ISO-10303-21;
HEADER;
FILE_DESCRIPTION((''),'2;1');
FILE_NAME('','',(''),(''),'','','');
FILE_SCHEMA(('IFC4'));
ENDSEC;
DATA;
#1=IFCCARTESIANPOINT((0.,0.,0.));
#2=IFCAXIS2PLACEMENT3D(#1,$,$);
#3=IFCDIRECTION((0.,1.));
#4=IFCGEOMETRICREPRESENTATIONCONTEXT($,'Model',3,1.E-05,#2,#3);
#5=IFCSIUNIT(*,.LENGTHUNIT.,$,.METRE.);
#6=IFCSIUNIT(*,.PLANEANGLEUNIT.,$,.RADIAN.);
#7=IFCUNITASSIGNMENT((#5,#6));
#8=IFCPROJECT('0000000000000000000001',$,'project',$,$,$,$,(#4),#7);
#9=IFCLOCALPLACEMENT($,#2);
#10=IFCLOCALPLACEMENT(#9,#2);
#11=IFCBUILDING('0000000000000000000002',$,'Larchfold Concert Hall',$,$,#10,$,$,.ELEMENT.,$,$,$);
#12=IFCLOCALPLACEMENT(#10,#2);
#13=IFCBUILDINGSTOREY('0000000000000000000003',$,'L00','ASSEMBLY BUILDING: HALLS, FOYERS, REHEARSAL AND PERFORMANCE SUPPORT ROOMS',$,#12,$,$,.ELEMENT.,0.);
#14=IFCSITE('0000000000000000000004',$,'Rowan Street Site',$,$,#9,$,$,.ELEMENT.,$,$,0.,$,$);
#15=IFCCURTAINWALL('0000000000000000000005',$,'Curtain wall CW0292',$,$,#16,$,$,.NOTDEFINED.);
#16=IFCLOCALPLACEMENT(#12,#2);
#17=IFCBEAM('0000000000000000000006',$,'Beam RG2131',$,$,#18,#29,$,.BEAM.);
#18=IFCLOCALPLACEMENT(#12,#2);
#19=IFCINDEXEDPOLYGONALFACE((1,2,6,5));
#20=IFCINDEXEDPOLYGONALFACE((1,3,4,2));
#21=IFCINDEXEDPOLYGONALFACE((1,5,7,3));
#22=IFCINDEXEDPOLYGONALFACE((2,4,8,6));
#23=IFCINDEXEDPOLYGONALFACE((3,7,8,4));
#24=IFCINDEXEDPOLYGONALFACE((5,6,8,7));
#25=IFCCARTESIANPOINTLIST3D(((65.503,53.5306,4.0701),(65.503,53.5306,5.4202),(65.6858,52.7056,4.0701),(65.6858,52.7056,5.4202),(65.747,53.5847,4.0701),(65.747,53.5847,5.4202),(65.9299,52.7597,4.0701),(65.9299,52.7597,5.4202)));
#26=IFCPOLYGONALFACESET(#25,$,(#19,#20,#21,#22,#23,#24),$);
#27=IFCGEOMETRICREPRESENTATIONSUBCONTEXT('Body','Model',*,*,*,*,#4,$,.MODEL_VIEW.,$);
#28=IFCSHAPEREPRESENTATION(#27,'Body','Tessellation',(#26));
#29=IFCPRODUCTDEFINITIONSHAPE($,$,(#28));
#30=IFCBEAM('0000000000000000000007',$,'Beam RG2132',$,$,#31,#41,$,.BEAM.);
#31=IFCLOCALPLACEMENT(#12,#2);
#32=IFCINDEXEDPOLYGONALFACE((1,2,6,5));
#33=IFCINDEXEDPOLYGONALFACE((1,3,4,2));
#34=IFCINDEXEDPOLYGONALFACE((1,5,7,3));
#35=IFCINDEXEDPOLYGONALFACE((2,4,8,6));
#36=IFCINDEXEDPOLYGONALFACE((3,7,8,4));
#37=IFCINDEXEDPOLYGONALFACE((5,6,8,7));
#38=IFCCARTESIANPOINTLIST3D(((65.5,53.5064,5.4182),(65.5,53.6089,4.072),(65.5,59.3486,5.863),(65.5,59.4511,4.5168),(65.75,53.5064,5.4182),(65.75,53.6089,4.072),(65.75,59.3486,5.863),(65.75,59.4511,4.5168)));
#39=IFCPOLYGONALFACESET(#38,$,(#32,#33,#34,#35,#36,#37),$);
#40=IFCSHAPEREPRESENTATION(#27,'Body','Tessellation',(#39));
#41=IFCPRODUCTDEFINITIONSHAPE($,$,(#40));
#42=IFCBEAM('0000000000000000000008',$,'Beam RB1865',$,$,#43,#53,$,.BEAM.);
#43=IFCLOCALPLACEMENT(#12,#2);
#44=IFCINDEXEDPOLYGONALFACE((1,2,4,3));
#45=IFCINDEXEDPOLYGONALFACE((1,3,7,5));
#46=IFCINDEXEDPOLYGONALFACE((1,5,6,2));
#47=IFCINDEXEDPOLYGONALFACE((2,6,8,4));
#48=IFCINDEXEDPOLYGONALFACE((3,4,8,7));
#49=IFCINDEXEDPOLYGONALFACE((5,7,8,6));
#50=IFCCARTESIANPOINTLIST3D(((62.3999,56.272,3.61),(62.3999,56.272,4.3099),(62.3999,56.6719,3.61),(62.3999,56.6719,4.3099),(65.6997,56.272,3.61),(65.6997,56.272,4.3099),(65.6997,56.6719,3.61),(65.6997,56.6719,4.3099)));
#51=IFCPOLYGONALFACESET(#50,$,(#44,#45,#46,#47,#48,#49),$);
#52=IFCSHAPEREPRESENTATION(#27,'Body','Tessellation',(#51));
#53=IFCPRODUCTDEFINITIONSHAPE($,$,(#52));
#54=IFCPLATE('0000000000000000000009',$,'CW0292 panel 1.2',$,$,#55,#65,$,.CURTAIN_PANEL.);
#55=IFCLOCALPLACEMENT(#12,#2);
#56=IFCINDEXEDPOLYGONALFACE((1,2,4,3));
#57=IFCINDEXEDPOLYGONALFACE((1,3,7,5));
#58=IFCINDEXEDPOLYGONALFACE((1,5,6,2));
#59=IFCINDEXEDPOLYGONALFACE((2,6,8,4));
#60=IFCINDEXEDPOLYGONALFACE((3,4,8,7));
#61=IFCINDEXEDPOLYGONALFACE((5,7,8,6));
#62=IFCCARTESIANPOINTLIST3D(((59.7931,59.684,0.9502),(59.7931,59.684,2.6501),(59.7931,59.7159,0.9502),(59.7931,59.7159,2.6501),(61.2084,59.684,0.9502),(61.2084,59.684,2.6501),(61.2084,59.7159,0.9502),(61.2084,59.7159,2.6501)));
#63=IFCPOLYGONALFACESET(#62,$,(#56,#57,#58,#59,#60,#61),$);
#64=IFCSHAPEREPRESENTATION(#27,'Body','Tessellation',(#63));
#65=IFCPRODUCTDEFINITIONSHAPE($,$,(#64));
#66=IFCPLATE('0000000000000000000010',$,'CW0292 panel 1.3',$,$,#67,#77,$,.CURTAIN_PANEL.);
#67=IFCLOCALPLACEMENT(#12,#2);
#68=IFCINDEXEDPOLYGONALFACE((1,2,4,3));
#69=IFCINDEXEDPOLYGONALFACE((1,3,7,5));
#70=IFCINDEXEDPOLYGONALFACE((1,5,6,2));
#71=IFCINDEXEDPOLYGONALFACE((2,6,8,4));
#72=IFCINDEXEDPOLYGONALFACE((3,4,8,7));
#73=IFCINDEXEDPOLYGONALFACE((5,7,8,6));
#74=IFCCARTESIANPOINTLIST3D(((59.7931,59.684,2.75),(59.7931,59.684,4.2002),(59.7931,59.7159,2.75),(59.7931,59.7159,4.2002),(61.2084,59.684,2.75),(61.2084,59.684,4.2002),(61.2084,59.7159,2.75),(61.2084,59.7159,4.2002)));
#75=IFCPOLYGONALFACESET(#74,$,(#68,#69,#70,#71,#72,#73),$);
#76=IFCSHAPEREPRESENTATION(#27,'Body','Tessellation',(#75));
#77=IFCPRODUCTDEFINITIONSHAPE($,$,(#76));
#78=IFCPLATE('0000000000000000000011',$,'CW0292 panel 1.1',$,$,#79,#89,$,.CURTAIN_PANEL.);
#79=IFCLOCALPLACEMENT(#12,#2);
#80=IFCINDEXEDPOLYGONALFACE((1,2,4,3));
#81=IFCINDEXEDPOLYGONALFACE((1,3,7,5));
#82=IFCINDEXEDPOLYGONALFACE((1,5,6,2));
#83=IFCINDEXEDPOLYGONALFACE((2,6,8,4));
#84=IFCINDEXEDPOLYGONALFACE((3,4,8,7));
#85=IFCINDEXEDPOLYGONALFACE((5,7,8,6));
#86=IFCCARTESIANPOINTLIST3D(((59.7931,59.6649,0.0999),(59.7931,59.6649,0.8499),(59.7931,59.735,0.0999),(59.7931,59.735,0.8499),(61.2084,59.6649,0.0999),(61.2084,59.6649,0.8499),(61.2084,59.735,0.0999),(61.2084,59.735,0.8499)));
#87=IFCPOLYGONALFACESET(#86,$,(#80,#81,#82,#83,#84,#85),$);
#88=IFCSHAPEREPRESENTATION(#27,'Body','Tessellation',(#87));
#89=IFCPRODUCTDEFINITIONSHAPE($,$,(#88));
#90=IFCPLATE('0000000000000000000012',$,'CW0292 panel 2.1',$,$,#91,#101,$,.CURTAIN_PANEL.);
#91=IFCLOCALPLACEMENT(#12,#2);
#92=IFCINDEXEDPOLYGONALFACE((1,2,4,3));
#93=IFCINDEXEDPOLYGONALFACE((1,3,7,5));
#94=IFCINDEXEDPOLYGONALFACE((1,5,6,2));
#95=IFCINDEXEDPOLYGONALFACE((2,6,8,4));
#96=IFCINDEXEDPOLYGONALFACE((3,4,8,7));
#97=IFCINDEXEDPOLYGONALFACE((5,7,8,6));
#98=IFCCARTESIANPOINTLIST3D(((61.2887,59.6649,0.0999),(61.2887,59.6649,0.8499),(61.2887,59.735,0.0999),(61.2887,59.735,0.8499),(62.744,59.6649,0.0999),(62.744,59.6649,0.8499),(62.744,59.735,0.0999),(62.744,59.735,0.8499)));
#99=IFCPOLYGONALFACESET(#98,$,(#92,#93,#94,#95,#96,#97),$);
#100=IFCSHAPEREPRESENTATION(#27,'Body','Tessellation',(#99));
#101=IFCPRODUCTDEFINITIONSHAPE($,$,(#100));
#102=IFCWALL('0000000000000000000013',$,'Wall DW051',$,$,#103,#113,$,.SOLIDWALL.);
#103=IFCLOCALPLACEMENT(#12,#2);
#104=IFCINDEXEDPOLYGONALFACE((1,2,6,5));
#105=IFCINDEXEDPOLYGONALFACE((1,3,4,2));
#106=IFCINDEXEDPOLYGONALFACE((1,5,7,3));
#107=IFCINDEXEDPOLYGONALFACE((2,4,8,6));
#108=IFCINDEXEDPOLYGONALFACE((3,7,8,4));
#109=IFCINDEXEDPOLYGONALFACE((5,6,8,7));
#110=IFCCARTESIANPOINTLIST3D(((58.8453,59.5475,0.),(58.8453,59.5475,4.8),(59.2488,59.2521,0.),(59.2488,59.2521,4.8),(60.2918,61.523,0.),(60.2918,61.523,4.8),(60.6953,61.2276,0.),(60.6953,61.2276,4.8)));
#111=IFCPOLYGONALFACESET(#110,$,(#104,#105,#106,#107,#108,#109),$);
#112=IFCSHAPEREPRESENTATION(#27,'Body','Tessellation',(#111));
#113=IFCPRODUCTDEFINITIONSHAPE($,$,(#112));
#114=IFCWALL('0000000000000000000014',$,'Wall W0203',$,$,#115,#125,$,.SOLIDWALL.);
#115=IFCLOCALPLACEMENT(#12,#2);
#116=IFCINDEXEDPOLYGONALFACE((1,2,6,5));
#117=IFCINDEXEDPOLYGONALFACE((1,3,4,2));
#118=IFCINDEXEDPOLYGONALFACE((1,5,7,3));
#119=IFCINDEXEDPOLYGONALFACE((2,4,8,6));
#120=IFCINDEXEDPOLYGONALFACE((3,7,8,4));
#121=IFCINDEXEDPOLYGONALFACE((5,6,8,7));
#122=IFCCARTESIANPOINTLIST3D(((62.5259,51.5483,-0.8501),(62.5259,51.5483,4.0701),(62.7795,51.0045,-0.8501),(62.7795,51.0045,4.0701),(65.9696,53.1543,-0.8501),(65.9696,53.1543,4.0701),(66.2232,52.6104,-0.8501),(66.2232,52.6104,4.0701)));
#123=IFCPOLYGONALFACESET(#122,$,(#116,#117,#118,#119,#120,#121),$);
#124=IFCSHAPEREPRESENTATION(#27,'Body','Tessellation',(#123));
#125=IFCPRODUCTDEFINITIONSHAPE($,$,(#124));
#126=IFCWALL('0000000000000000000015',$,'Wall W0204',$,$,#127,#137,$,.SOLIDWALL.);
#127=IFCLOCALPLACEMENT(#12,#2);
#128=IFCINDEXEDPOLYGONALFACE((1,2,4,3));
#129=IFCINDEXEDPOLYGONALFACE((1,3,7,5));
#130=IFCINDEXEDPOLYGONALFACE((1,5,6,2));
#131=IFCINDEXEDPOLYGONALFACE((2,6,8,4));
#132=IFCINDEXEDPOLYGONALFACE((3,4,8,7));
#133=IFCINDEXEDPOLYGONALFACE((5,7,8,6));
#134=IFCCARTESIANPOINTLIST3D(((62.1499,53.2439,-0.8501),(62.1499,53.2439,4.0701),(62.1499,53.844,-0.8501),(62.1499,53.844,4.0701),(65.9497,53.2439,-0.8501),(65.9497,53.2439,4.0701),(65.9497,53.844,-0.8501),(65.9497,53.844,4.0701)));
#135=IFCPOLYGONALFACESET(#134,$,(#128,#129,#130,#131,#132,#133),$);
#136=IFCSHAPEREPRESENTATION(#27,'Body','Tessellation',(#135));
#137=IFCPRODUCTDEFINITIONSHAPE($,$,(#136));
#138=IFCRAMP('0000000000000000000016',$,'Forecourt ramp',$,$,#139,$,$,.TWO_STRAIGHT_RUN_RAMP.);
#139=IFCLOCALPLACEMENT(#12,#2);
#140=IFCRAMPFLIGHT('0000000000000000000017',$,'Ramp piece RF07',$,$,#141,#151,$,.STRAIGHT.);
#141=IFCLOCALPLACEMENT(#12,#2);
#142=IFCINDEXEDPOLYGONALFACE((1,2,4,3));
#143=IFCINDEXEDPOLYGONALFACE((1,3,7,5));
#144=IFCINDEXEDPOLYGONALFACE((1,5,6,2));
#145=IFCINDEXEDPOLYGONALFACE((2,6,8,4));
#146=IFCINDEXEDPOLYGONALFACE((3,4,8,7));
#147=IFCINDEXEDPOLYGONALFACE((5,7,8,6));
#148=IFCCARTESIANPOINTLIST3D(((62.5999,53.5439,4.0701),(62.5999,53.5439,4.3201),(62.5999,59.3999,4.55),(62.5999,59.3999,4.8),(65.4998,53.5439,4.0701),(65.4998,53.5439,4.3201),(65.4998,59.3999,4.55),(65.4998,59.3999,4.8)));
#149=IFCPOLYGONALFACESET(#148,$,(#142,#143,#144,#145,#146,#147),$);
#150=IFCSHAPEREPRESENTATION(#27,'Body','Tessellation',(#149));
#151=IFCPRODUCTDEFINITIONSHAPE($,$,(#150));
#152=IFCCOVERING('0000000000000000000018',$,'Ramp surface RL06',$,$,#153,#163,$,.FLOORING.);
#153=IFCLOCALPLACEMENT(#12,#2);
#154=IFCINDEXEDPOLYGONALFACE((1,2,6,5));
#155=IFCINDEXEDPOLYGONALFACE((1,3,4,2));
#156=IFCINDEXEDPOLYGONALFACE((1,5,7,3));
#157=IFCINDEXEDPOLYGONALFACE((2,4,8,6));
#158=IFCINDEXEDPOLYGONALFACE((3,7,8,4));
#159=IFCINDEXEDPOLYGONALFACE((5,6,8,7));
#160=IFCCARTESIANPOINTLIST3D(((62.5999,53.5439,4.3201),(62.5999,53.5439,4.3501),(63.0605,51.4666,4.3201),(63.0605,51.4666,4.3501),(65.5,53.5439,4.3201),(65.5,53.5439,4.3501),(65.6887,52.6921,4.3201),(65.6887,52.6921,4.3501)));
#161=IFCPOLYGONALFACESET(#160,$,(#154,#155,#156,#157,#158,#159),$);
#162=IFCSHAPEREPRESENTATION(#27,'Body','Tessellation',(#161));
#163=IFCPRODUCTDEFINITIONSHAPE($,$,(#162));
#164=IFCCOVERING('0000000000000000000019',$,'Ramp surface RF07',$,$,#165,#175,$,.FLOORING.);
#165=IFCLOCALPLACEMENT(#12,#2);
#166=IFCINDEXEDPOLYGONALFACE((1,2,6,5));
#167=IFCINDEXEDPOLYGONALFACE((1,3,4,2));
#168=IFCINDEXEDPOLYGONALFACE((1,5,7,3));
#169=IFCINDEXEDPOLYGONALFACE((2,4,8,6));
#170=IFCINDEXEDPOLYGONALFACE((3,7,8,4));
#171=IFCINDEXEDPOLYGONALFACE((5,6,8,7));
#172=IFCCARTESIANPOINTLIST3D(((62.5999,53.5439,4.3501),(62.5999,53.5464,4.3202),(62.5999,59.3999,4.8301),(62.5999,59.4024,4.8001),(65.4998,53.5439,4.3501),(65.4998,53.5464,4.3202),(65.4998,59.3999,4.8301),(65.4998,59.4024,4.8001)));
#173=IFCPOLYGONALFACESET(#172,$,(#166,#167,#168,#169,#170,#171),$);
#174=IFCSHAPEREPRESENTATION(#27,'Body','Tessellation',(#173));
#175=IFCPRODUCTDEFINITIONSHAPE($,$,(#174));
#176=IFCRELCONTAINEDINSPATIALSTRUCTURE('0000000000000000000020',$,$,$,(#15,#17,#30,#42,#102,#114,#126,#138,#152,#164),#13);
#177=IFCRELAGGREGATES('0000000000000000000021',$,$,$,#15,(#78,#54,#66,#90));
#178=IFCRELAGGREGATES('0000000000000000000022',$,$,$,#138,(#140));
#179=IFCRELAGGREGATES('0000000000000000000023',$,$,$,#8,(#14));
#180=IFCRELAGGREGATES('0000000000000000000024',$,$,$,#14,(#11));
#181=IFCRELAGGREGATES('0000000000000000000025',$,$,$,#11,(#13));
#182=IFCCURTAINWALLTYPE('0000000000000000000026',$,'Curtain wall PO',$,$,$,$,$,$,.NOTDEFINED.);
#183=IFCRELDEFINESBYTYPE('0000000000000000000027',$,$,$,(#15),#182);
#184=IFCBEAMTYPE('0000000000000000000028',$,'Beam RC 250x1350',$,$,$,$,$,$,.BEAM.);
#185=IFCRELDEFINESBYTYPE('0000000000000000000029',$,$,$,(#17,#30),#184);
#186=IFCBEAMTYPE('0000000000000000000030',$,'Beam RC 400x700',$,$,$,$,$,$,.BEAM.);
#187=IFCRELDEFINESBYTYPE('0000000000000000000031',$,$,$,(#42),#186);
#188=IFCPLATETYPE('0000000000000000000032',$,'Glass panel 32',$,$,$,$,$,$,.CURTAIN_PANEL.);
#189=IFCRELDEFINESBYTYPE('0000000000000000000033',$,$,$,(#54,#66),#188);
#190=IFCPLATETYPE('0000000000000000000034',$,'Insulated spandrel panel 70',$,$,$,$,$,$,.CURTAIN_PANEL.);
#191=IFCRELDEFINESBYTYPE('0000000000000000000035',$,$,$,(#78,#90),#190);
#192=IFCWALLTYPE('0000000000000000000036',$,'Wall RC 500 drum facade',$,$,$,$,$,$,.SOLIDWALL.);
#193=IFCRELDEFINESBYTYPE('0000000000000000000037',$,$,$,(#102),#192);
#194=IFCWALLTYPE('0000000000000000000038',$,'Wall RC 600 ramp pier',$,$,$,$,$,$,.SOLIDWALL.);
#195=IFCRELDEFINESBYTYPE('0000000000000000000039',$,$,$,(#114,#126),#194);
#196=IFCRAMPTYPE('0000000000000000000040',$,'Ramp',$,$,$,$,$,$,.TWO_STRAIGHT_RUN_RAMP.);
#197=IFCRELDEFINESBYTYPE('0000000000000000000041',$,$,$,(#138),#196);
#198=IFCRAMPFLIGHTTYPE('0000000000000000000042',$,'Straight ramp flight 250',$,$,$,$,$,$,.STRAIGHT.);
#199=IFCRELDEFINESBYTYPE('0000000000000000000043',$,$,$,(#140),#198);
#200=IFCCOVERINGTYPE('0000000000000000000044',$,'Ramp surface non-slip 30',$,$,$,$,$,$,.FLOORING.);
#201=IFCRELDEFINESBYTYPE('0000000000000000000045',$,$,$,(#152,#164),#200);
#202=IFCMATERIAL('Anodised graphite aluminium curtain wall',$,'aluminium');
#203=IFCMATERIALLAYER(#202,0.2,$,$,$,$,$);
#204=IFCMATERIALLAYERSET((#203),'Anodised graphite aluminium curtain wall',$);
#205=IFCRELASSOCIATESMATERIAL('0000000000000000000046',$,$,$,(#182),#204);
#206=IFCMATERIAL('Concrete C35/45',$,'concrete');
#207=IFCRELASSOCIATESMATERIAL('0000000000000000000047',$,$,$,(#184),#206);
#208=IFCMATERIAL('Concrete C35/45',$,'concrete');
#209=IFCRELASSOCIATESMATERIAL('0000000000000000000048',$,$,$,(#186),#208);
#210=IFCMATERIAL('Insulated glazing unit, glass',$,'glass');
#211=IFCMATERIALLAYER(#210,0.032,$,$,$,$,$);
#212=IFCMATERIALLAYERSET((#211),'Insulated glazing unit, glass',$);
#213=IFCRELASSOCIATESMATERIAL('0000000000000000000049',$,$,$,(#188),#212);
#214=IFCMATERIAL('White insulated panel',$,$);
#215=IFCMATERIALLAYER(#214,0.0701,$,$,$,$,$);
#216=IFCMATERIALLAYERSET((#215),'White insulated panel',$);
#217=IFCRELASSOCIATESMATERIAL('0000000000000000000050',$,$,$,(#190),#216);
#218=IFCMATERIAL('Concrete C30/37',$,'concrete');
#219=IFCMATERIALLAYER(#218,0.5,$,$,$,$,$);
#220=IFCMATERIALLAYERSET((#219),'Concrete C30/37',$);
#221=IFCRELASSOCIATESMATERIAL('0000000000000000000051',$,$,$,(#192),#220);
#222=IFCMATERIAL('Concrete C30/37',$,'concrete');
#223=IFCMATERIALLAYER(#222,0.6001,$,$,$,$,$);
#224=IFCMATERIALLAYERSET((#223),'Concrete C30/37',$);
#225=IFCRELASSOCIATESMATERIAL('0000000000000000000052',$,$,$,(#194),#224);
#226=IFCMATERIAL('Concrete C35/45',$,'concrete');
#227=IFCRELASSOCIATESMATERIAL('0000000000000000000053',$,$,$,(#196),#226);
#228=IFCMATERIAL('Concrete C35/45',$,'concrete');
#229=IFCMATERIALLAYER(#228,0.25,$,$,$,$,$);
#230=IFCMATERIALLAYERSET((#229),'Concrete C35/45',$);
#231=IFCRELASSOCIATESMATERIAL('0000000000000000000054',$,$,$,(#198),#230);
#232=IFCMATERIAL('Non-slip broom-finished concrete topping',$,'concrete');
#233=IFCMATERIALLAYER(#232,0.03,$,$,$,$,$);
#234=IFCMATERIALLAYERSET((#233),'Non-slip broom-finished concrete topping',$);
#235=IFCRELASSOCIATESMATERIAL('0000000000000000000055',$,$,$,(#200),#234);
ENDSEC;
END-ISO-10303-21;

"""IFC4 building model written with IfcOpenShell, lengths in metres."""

from ifc_helpers import new_model, si_unit, direction, frame, frame_2d, origin, origin_2d, place, context, subcontext, project, spatial, polyline, rectangle, outline, extrude, material, layer, layer_set, material_profile, profile_set, type_object, element, aggregate, save


model = new_model("IFC4")

# Units and contexts
model_context = context("Model", 3, precision=1e-05, world=origin(), true_north=direction((0.0, 1.0)))
body_context = subcontext(model_context, "Body", "Model", "MODEL_VIEW")
ifc_project = project(units=[si_unit("LENGTHUNIT", "METRE"), si_unit("PLANEANGLEUNIT", "RADIAN")], contexts=[model_context])

# Site, building, storey
site_placement = place(None, origin())
site = spatial("IfcSite", under=ifc_project, at=site_placement, Name="Rowan Street Site", CompositionType="ELEMENT", RefElevation=0.0)
building_placement = place(site_placement, origin())
building = spatial("IfcBuilding", under=site, at=building_placement, Name="Larchfold Concert Hall", CompositionType="ELEMENT")
storey_placement = place(building_placement, origin())
storey = spatial("IfcBuildingStorey", under=building, at=storey_placement, Name="L00", Description="ASSEMBLY BUILDING: HALLS, FOYERS, REHEARSAL AND PERFORMANCE SUPPORT ROOMS", CompositionType="ELEMENT", Elevation=0.0)

# Curtain wall
ifc_material_1 = material(Name="Anodised graphite aluminium curtain wall", Category="aluminium")
ifc_layer_1 = layer(ifc_material_1, 0.2)
ifc_layer_set_1 = layer_set([ifc_layer_1], Name="Anodised graphite aluminium curtain wall")
curtain_wall_type = type_object("IfcCurtainWallType", Name="Curtain wall PO", PredefinedType="NOTDEFINED", material=ifc_layer_set_1)
curtain_wall_placement = place(storey_placement, origin())
curtain_wall = element("IfcCurtainWall", 1, at=curtain_wall_placement, inside=storey, type_object=curtain_wall_type, Name="Curtain wall CW0292", PredefinedType="NOTDEFINED")

# Beams
ifc_material_2 = material(Name="Concrete C35/45", Category="concrete")
ifc_material_profile_1 = material_profile(ifc_material_2, rectangle(XDim=0.25, YDim=1.3501, at=origin_2d()))
ifc_profile_set_1 = profile_set([ifc_material_profile_1], Name="Concrete C35/45")
beam_type_1 = type_object("IfcBeamType", Name="Beam RC 250x1350", PredefinedType="BEAM", material=ifc_profile_set_1)
beam_1_placement = place(storey_placement, frame((65.8079, 52.7327, 4.7451), z_axis=(-0.21641, 0.976302, 0.0), x_axis=(-0.976302, -0.21641, 0.0)))
element("IfcBeam", 2, at=beam_1_placement, inside=storey, type_object=beam_type_1, Name="Beam RG2131", PredefinedType="BEAM", context=body_context, shape_type="SweptSolid", body=[
    extrude(rectangle(XDim=0.25, YDim=1.3501, at=origin_2d()), origin(), (0.0, 0.0, 1.0), 0.845),
])
beam_2_placement = place(storey_placement, frame((65.625, 53.5576, 4.7451), z_axis=(0.0, 0.997114, 0.075919), x_axis=(-1.0, 0.0, 0.0)))
element("IfcBeam", 3, at=beam_2_placement, inside=storey, type_object=beam_type_1, Name="Beam RG2132", PredefinedType="BEAM", context=body_context, shape_type="SweptSolid", body=[
    extrude(rectangle(XDim=0.25, YDim=1.3501, at=origin_2d()), origin(), (0.0, 0.0, 1.0), 5.8591),
])
ifc_material_3 = material(Name="Concrete C35/45", Category="concrete")
ifc_material_profile_2 = material_profile(ifc_material_3, rectangle(XDim=0.3999, YDim=0.7, at=origin_2d()))
ifc_profile_set_2 = profile_set([ifc_material_profile_2], Name="Concrete C35/45")
beam_type_2 = type_object("IfcBeamType", Name="Beam RC 400x700", PredefinedType="BEAM", material=ifc_profile_set_2)
beam_3_placement = place(storey_placement, frame((62.3999, 56.4719, 3.96), z_axis=(1.0, 0.0, 0.0), x_axis=(0.0, 1.0, 0.0)))
element("IfcBeam", 4, at=beam_3_placement, inside=storey, type_object=beam_type_2, Name="Beam RB1865", PredefinedType="BEAM", context=body_context, shape_type="SweptSolid", body=[
    extrude(rectangle(XDim=0.3999, YDim=0.7, at=origin_2d()), origin(), (0.0, 0.0, 1.0), 3.2998),
])

# Plates
ifc_material_4 = material(Name="Insulated glazing unit, glass", Category="glass")
ifc_layer_2 = layer(ifc_material_4, 0.032)
ifc_layer_set_2 = layer_set([ifc_layer_2], Name="Insulated glazing unit, glass")
plate_type_1 = type_object("IfcPlateType", Name="Glass panel 32", PredefinedType="CURTAIN_PANEL", material=ifc_layer_set_2)
plate_1_placement = place(storey_placement, frame((60.5007, 59.7, 0.9502), z_axis=(0.0, 0.0, 1.0), x_axis=(1.0, 0.0, 0.0)))
plate_1 = element("IfcPlate", 5, at=plate_1_placement, type_object=plate_type_1, Name="CW0292 panel 1.2", PredefinedType="CURTAIN_PANEL", context=body_context, shape_type="SweptSolid", body=[
    extrude(rectangle(XDim=1.4153, YDim=0.032, at=origin_2d()), origin(), (0.0, 0.0, 1.0), 1.7),
])
plate_2_placement = place(storey_placement, frame((60.5007, 59.7, 2.75), z_axis=(0.0, 0.0, 1.0), x_axis=(1.0, 0.0, 0.0)))
plate_2 = element("IfcPlate", 6, at=plate_2_placement, type_object=plate_type_1, Name="CW0292 panel 1.3", PredefinedType="CURTAIN_PANEL", context=body_context, shape_type="SweptSolid", body=[
    extrude(rectangle(XDim=1.4153, YDim=0.032, at=origin_2d()), origin(), (0.0, 0.0, 1.0), 1.4502),
])
ifc_material_5 = material(Name="White insulated panel")
ifc_layer_3 = layer(ifc_material_5, 0.0701)
ifc_layer_set_3 = layer_set([ifc_layer_3], Name="White insulated panel")
plate_type_2 = type_object("IfcPlateType", Name="Insulated spandrel panel 70", PredefinedType="CURTAIN_PANEL", material=ifc_layer_set_3)
plate_3_placement = place(storey_placement, frame((60.5007, 59.7, 0.0999), z_axis=(0.0, 0.0, 1.0), x_axis=(1.0, 0.0, 0.0)))
plate_3 = element("IfcPlate", 7, at=plate_3_placement, type_object=plate_type_2, Name="CW0292 panel 1.1", PredefinedType="CURTAIN_PANEL", context=body_context, shape_type="SweptSolid", body=[
    extrude(rectangle(XDim=1.4153, YDim=0.0701, at=origin_2d()), origin(), (0.0, 0.0, 1.0), 0.75),
])
plate_4_placement = place(storey_placement, frame((62.0164, 59.7, 0.0999), z_axis=(0.0, 0.0, 1.0), x_axis=(1.0, 0.0, 0.0)))
plate_4 = element("IfcPlate", 8, at=plate_4_placement, type_object=plate_type_2, Name="CW0292 panel 2.1", PredefinedType="CURTAIN_PANEL", context=body_context, shape_type="SweptSolid", body=[
    extrude(rectangle(XDim=1.4553, YDim=0.0701, at=origin_2d()), origin(), (0.0, 0.0, 1.0), 0.75),
])
aggregate(curtain_wall, [plate_3, plate_1, plate_2, plate_4])

# Walls
ifc_material_6 = material(Name="Concrete C30/37", Category="concrete")
ifc_layer_4 = layer(ifc_material_6, 0.5)
ifc_layer_set_4 = layer_set([ifc_layer_4], Name="Concrete C30/37")
wall_type_1 = type_object("IfcWallType", Name="Wall RC 500 drum facade", PredefinedType="SOLIDWALL", material=ifc_layer_set_4)
wall_placement = place(storey_placement, frame((59.0471, 59.3999, 0.0), z_axis=(0.0, 0.0, 1.0), x_axis=(0.590771, 0.806839, 0.0)))
element("IfcWall", 9, at=wall_placement, inside=storey, type_object=wall_type_1, Name="Wall DW051", PredefinedType="SOLIDWALL", context=body_context, shape_type="SweptSolid", body=[
    extrude(rectangle(XDim=2.4485, YDim=0.5, at=frame_2d((1.2241, 0.0))), origin(), (0.0, 0.0, 1.0), 4.8),
])
ifc_material_7 = material(Name="Concrete C30/37", Category="concrete")
ifc_layer_5 = layer(ifc_material_7, 0.6001)
ifc_layer_set_5 = layer_set([ifc_layer_5], Name="Concrete C30/37")
wall_type_2 = type_object("IfcWallType", Name="Wall RC 600 ramp pier", PredefinedType="SOLIDWALL", material=ifc_layer_set_5)
for number, where, z_axis, x_axis, name in (
    (10, (66.0964, 52.8823, -0.8501), (0.0, 0.0, 1.0), (-0.906301, -0.422632, 0.0), "Wall W0203"),
    (11, (65.9497, 53.5439, -0.8501), (0.0, 0.0, 1.0), (-1.0, 0.0, 0.0), "Wall W0204"),
):
    element("IfcWall", number, at=place(storey_placement, frame(where, z_axis=z_axis, x_axis=x_axis)), inside=storey, type_object=wall_type_2, Name=name, PredefinedType="SOLIDWALL", context=body_context, shape_type="SweptSolid", body=[
        extrude(rectangle(XDim=3.7998, YDim=0.6001, at=frame_2d((1.8999, 0.0))), origin(), (0.0, 0.0, 1.0), 4.9202),
    ])

# Ramp, ramp flight
ifc_material_8 = material(Name="Concrete C35/45", Category="concrete")
ramp_type = type_object("IfcRampType", Name="Ramp", PredefinedType="TWO_STRAIGHT_RUN_RAMP", material=ifc_material_8)
ramp_placement = place(storey_placement, origin())
ramp = element("IfcRamp", 12, at=ramp_placement, inside=storey, type_object=ramp_type, Name="Forecourt ramp", PredefinedType="TWO_STRAIGHT_RUN_RAMP")
ifc_material_9 = material(Name="Concrete C35/45", Category="concrete")
ifc_layer_6 = layer(ifc_material_9, 0.25)
ifc_layer_set_6 = layer_set([ifc_layer_6], Name="Concrete C35/45")
ramp_flight_type = type_object("IfcRampFlightType", Name="Straight ramp flight 250", PredefinedType="STRAIGHT", material=ifc_layer_set_6)
ramp_flight_placement = place(storey_placement, frame((62.5999, 53.5439, 4.3201), z_axis=(0.0, -0.081691, 0.996658), x_axis=(0.0, 0.996658, 0.081691)))
ramp_flight = element("IfcRampFlight", 13, at=ramp_flight_placement, type_object=ramp_flight_type, Name="Ramp piece RF07", PredefinedType="STRAIGHT", context=body_context, shape_type="SweptSolid", body=[
    extrude(outline(polyline([(0.0, 0.0), (5.8756, 0.0), (5.8756, -2.8999), (0.0, -2.8999), (0.0, 0.0)])), origin(), (-0.081691, 0.0, -0.996658), 0.25),
])
aggregate(ramp, [ramp_flight])

# Coverings
ifc_material_10 = material(Name="Non-slip broom-finished concrete topping", Category="concrete")
ifc_layer_7 = layer(ifc_material_10, 0.03)
ifc_layer_set_7 = layer_set([ifc_layer_7], Name="Non-slip broom-finished concrete topping")
covering_type = type_object("IfcCoveringType", Name="Ramp surface non-slip 30", PredefinedType="FLOORING", material=ifc_layer_set_7)
covering_1_placement = place(storey_placement, frame((63.0605, 51.4666, 4.3501), z_axis=(0.0, 0.0, 1.0), x_axis=(-0.216505, 0.976281, 0.0)))
element("IfcCovering", 14, at=covering_1_placement, inside=storey, type_object=covering_type, Name="Ramp surface RL06", PredefinedType="FLOORING", context=body_context, shape_type="SweptSolid", body=[
    extrude(outline(polyline([(0.0, 0.0), (2.1279, 0.0), (1.5, -2.8314), (0.6275, -2.8312), (0.0, 0.0)])), origin(), (0.0, 0.0, -1.0), 0.03),
])
covering_2_placement = place(storey_placement, frame((62.5999, 53.5439, 4.3501), z_axis=(0.0, -0.081691, 0.996658), x_axis=(0.0, 0.996658, 0.081691)))
element("IfcCovering", 15, at=covering_2_placement, inside=storey, type_object=covering_type, Name="Ramp surface RF07", PredefinedType="FLOORING", context=body_context, shape_type="SweptSolid", body=[
    extrude(outline(polyline([(0.0, 0.0), (5.8756, 0.0), (5.8756, -2.8999), (0.0, -2.8999), (0.0, 0.0)])), origin(), (0.0, 0.0, -1.0), 0.03),
])

save(model, "model.ifc")
